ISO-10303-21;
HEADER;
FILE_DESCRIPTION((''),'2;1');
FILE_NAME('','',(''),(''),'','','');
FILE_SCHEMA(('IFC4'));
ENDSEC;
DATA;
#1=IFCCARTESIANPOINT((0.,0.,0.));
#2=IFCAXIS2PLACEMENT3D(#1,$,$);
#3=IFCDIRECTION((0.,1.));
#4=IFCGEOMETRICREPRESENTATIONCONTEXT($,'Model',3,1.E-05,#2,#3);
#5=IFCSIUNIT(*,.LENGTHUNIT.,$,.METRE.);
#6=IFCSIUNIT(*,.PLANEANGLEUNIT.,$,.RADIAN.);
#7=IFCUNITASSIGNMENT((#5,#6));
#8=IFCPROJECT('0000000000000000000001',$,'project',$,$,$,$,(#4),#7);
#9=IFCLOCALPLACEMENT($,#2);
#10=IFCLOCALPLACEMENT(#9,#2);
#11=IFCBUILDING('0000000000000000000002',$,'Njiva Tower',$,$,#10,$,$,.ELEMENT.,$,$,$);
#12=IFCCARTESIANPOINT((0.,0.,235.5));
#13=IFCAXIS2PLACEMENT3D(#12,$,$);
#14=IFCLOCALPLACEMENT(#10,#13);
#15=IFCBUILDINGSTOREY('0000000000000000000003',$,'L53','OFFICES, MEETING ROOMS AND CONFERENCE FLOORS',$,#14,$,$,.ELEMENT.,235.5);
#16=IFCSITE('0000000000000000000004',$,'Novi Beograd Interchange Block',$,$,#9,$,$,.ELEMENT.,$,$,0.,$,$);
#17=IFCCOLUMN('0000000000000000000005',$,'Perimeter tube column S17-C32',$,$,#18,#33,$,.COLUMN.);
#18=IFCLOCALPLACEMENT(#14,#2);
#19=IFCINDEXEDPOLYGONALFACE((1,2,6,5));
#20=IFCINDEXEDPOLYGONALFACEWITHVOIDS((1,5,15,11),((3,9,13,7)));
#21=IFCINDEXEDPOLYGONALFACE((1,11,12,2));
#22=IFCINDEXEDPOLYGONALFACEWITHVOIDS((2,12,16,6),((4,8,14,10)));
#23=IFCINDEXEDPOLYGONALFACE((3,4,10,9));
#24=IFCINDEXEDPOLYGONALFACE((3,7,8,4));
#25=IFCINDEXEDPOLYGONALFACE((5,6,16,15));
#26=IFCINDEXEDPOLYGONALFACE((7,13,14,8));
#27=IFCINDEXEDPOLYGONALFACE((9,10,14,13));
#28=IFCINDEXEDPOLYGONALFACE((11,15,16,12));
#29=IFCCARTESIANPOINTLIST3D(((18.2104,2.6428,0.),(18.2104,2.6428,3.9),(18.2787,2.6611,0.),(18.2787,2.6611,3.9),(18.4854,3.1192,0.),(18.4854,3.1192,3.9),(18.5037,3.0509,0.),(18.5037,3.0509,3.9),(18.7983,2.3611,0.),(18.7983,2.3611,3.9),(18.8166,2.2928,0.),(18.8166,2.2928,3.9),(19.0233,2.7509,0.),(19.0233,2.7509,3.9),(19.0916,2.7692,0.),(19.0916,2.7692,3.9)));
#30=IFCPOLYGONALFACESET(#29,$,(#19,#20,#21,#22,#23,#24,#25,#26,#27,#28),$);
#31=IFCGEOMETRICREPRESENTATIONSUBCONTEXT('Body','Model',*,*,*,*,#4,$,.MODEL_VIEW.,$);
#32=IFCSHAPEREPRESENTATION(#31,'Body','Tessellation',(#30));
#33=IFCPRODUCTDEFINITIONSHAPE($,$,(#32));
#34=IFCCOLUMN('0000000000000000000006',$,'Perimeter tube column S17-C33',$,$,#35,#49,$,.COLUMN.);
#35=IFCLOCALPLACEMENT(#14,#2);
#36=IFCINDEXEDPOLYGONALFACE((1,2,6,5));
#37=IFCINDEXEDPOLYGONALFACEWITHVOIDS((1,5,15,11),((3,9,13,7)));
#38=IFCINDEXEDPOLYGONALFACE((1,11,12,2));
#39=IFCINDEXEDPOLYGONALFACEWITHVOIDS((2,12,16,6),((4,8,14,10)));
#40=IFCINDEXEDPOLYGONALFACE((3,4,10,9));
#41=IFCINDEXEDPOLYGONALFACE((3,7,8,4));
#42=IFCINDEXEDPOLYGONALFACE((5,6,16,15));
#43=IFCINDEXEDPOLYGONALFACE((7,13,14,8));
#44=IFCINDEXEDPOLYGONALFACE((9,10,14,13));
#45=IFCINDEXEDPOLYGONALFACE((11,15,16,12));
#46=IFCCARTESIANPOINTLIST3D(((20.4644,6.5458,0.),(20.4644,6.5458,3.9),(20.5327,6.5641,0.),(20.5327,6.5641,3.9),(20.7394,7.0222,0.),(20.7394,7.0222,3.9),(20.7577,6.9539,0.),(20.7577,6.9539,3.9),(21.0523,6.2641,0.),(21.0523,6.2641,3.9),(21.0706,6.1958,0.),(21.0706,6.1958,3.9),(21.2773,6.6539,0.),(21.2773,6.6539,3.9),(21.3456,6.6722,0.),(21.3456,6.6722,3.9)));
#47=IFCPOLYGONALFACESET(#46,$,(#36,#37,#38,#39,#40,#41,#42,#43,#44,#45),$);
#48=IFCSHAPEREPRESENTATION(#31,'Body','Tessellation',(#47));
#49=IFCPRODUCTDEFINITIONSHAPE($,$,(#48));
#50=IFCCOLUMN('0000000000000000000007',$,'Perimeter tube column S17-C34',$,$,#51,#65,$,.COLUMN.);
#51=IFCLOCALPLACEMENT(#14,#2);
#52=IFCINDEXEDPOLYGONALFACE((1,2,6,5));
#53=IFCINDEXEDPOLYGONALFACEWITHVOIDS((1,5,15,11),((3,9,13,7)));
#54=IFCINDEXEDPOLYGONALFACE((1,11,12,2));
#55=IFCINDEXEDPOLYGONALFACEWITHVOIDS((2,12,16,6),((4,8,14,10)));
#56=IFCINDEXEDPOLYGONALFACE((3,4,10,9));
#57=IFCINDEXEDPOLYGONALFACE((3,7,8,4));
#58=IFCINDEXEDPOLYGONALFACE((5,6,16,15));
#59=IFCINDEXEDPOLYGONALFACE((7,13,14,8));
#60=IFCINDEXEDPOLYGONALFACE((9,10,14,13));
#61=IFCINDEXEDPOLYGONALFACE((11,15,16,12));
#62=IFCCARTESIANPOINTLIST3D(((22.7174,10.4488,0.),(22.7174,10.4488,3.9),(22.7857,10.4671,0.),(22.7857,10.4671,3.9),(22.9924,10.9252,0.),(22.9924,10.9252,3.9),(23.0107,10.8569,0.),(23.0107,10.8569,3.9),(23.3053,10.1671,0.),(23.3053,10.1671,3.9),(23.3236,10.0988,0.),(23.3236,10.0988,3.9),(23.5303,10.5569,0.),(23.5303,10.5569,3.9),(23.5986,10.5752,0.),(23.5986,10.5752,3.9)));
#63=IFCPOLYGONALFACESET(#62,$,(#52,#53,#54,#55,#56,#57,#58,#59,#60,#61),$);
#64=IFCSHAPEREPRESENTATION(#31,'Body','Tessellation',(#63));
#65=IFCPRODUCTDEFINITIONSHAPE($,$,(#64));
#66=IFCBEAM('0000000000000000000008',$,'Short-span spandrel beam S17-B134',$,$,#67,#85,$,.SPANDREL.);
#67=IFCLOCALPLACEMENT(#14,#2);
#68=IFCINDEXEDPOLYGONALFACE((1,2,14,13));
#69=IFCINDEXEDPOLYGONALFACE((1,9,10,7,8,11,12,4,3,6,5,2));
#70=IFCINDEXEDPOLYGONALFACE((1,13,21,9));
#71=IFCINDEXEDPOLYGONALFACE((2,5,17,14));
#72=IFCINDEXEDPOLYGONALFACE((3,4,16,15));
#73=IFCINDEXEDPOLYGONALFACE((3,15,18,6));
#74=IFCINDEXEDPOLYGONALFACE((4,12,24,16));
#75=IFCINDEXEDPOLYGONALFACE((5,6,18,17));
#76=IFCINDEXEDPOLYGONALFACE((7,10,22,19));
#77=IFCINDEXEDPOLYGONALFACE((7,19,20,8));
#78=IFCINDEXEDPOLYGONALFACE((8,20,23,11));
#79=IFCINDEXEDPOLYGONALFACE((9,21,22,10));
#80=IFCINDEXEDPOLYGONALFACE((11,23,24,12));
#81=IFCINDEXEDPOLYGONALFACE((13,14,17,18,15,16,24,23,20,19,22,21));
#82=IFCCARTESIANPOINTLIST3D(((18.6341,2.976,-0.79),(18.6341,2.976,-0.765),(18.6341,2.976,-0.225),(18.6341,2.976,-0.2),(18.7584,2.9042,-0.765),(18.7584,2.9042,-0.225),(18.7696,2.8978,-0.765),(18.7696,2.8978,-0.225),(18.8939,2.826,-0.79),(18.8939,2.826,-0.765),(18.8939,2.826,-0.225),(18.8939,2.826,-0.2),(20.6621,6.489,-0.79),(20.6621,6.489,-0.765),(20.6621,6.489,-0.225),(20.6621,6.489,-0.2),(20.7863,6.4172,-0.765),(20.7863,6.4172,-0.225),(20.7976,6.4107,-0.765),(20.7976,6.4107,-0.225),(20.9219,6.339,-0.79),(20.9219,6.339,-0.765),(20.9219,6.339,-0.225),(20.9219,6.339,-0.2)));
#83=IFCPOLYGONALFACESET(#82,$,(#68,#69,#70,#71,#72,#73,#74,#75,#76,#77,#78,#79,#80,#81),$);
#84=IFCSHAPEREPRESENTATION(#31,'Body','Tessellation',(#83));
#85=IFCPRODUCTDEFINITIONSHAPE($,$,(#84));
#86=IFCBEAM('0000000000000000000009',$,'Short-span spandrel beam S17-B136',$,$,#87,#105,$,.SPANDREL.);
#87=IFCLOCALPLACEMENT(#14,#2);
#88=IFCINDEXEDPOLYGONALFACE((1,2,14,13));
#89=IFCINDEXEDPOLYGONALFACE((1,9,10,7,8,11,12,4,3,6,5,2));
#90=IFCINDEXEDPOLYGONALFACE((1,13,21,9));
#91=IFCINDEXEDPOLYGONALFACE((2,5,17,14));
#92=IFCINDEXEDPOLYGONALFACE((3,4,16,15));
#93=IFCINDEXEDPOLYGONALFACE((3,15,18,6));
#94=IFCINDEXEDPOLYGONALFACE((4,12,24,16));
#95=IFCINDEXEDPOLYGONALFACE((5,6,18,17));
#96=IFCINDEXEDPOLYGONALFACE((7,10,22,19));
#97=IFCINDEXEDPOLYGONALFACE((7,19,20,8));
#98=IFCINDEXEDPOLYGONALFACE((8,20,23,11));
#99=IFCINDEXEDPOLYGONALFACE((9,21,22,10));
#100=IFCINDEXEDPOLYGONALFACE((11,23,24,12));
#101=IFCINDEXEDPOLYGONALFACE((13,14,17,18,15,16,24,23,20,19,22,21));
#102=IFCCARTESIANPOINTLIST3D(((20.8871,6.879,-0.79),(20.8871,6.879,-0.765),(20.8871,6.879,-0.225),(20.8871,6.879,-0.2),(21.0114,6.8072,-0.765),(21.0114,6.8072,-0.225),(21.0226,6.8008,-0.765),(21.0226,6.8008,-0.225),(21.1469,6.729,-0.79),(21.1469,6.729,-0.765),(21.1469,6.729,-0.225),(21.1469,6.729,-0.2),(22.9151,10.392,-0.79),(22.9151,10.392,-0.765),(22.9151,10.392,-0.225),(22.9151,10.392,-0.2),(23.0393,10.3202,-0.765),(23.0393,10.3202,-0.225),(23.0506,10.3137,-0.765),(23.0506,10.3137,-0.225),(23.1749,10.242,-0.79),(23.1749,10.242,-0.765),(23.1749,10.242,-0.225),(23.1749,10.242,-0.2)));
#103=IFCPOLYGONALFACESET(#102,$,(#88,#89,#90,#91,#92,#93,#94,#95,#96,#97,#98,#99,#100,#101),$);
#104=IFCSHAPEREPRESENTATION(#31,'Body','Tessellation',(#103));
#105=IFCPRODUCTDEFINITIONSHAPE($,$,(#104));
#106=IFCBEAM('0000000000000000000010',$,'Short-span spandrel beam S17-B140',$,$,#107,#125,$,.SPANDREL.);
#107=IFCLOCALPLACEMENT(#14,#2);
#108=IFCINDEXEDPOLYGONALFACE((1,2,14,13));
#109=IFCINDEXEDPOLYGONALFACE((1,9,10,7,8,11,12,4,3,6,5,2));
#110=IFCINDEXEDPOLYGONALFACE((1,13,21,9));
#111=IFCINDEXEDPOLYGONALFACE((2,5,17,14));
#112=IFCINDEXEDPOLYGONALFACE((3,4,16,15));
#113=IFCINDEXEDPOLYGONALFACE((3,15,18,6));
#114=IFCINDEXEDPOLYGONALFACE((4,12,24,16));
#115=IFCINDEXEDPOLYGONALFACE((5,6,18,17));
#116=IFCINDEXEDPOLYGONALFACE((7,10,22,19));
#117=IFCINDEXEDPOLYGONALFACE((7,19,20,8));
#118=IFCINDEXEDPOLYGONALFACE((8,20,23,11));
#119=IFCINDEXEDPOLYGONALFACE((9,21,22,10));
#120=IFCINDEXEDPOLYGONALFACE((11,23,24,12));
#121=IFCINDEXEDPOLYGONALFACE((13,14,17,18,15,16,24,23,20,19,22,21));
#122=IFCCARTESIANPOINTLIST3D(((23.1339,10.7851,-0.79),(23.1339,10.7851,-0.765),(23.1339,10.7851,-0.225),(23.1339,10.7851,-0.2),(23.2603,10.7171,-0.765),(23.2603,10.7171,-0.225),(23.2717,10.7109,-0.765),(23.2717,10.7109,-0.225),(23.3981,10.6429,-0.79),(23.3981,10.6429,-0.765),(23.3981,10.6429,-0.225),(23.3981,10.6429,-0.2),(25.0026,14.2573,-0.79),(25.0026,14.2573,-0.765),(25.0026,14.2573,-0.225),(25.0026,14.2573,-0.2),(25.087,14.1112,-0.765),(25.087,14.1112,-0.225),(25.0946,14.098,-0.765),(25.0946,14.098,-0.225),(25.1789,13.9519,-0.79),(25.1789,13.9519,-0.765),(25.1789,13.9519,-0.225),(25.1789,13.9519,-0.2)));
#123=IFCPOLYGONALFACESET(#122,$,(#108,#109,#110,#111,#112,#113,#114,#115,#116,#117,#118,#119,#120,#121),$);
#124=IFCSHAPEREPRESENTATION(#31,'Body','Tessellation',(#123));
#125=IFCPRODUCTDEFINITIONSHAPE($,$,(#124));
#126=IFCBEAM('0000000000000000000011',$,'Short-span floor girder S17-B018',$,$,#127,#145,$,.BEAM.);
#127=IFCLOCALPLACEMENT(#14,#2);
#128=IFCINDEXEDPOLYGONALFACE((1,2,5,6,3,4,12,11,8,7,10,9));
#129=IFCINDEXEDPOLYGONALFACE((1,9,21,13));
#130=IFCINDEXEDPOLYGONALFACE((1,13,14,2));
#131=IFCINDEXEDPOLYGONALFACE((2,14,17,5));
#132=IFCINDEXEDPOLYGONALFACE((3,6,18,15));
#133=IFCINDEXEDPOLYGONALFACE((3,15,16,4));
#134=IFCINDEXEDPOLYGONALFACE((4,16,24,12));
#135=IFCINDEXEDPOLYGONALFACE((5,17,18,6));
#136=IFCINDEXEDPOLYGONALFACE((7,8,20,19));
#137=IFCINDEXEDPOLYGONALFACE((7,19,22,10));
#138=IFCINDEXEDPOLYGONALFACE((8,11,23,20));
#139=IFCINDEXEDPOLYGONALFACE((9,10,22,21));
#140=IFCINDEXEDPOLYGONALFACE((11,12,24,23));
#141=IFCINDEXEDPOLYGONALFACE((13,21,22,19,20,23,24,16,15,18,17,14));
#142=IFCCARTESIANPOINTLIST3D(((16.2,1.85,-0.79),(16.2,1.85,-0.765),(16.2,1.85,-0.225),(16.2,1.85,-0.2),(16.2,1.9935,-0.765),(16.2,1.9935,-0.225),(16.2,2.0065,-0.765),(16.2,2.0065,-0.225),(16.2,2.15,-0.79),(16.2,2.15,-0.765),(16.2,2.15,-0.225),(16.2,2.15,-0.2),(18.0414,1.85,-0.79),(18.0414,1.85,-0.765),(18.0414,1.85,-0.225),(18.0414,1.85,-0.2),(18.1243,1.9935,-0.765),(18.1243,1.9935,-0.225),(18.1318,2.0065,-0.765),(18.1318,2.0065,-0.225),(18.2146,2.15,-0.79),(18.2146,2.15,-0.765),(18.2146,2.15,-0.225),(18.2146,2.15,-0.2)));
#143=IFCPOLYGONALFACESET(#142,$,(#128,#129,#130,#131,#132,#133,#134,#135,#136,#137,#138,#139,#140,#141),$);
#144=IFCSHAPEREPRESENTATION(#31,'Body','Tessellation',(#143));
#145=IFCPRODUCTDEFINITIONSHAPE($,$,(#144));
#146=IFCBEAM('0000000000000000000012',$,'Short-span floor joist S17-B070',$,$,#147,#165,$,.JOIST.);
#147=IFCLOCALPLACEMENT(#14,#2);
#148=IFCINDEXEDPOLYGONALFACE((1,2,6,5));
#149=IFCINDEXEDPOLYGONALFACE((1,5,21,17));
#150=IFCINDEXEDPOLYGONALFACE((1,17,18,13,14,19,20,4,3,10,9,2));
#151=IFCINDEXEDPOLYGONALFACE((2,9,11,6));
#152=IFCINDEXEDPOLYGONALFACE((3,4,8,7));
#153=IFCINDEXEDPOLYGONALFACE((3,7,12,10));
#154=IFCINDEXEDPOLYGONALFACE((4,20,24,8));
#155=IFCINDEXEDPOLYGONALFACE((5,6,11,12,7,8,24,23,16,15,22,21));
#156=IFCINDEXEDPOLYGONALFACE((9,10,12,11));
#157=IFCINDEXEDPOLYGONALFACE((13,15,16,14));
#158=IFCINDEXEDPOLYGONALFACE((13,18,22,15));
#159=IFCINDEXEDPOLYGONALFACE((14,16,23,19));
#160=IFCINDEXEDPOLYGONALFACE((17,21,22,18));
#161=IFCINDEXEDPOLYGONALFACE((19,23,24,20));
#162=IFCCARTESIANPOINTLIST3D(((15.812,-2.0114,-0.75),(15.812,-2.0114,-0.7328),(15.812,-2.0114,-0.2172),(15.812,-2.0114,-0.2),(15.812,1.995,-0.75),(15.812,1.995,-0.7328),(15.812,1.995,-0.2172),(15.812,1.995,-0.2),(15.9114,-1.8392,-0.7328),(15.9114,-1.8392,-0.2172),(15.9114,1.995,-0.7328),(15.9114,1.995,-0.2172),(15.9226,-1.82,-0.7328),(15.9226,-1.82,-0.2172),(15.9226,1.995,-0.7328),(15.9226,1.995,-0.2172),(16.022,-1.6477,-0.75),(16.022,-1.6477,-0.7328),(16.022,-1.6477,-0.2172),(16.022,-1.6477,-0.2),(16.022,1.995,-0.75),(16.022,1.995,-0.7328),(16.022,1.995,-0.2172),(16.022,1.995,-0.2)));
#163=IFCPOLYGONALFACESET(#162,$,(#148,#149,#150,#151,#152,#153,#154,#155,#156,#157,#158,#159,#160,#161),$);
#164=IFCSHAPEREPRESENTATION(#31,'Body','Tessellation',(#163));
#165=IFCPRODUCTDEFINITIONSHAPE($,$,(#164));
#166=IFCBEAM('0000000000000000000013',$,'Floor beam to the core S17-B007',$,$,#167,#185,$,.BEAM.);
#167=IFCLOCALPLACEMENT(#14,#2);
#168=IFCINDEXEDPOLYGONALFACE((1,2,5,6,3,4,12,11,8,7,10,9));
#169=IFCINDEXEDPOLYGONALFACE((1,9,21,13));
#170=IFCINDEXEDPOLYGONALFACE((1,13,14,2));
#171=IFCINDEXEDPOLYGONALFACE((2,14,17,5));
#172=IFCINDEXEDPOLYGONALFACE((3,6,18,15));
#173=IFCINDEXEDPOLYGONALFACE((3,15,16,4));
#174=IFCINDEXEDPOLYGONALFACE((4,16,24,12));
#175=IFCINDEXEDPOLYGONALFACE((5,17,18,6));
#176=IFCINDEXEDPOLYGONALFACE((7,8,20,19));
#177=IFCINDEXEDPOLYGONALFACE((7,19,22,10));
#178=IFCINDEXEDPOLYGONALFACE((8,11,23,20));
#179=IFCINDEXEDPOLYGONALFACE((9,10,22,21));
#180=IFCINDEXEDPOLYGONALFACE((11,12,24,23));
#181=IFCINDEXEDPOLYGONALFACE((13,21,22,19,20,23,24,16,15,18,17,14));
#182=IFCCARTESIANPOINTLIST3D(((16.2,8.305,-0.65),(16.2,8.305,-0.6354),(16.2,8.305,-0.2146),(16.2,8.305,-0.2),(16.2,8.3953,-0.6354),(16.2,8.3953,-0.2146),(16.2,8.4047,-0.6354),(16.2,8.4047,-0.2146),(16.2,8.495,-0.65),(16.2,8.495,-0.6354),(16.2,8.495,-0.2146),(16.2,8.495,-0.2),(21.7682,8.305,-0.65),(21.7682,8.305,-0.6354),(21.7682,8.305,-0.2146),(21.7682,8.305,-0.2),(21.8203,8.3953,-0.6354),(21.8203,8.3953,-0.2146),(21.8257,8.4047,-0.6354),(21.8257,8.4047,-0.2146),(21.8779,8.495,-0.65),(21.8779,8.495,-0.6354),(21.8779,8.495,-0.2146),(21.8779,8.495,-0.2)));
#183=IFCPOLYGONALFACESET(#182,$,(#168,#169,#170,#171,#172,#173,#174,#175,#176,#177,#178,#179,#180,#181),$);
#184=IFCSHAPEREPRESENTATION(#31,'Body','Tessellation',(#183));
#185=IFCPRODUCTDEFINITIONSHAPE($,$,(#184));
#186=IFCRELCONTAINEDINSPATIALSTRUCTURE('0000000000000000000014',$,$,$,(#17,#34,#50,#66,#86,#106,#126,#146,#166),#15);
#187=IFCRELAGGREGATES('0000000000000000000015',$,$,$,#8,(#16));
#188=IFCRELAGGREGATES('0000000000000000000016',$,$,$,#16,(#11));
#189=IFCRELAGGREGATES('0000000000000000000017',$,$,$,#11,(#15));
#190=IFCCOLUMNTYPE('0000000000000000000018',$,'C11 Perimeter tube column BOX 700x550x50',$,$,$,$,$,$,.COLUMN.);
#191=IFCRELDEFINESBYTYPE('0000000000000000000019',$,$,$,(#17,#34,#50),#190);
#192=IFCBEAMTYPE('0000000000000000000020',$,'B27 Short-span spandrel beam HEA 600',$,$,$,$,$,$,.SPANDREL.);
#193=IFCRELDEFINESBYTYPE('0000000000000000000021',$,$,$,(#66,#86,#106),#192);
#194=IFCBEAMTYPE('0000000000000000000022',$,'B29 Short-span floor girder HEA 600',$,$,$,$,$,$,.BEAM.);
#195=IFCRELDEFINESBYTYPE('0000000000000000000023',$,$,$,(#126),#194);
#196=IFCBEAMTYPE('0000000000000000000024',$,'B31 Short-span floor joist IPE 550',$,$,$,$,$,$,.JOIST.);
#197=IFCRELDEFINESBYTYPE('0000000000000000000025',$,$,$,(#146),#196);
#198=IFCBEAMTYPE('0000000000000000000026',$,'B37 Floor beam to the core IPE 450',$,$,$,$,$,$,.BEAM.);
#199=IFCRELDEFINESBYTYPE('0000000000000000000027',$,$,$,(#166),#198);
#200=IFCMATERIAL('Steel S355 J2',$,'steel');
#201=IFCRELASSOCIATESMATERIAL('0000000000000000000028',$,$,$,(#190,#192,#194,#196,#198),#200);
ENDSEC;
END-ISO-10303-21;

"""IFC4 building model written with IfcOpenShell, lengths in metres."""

from ifc_helpers import new_model, si_unit, direction, frame, origin, origin_2d, place, context, subcontext, project, spatial, hollow_rectangle, i_section, extrude, clip, halfspace, material, material_profile, profile_set, type_object, element, save


model = new_model("IFC4")

# Units and contexts
model_context = context("Model", 3, precision=1e-05, world=origin(), true_north=direction((0.0, 1.0)))
body_context = subcontext(model_context, "Body", "Model", "MODEL_VIEW")
ifc_project = project(units=[si_unit("LENGTHUNIT", "METRE"), si_unit("PLANEANGLEUNIT", "RADIAN")], contexts=[model_context])

# Site, building, storey
site_placement = place(None, origin())
site = spatial("IfcSite", under=ifc_project, at=site_placement, Name="Novi Beograd Interchange Block", CompositionType="ELEMENT", RefElevation=0.0)
building_placement = place(site_placement, origin())
building = spatial("IfcBuilding", under=site, at=building_placement, Name="Njiva Tower", CompositionType="ELEMENT")
storey_placement = place(building_placement, frame((0.0, 0.0, 235.5)))
storey = spatial("IfcBuildingStorey", under=building, at=storey_placement, Name="L53", Description="OFFICES, MEETING ROOMS AND CONFERENCE FLOORS", CompositionType="ELEMENT", Elevation=235.5)

# Columns
ifc_material_1 = material(Name="Steel S355 J2", Category="steel")
ifc_material_profile_1 = material_profile(ifc_material_1, hollow_rectangle(XDim=0.55, YDim=0.7, WallThickness=0.05, at=origin_2d()), Name="BOX 700x550x50")
ifc_profile_set_1 = profile_set([ifc_material_profile_1], Name="Steel S355 J2")
column_type = type_object("IfcColumnType", Name="C11 Perimeter tube column BOX 700x550x50", PredefinedType="COLUMN", material=ifc_profile_set_1)
for number, where, z_axis, x_axis, name in (
    (1, (18.651, 2.706, 0.0), (0.0, 0.0, 1.0), (0.5, 0.866025, 0.0), "Perimeter tube column S17-C32"),
    (2, (20.905, 6.609, 0.0), (0.0, 0.0, 1.0), (0.5, 0.866025, 0.0), "Perimeter tube column S17-C33"),
    (3, (23.158, 10.512, 0.0), (0.0, 0.0, 1.0), (0.5, 0.866025, 0.0), "Perimeter tube column S17-C34"),
):
    element("IfcColumn", number, at=place(storey_placement, frame(where, z_axis=z_axis, x_axis=x_axis)), inside=storey, type_object=column_type, Name=name, PredefinedType="COLUMN", context=body_context, shape_type="SweptSolid", body=[
        extrude(hollow_rectangle(XDim=0.55, YDim=0.7, WallThickness=0.05, at=origin_2d()), origin(), (0.0, 0.0, 1.0), 3.9),
    ])

# Beams
ifc_material_profile_2 = material_profile(ifc_material_1, i_section(OverallWidth=0.3, OverallDepth=0.59, WebThickness=0.013, FlangeThickness=0.025, at=origin_2d()), Name="HEA 600")
ifc_profile_set_2 = profile_set([ifc_material_profile_2], Name="Steel S355 J2")
beam_type_1 = type_object("IfcBeamType", Name="B27 Short-span spandrel beam HEA 600", PredefinedType="SPANDREL", material=ifc_profile_set_2)
for number, where, z_axis, x_axis, name in (
    (4, (18.764, 2.901, -0.495), (0.499957, 0.86605, 0.0), (-0.86605, 0.499957, 0.0), "Short-span spandrel beam S17-B134"),
    (5, (21.017, 6.804, -0.495), (0.499957, 0.86605, 0.0), (-0.86605, 0.499957, 0.0), "Short-span spandrel beam S17-B136"),
):
    element("IfcBeam", number, at=place(storey_placement, frame(where, z_axis=z_axis, x_axis=x_axis)), inside=storey, type_object=beam_type_1, Name=name, PredefinedType="SPANDREL", context=body_context, shape_type="SweptSolid", body=[
        extrude(i_section(OverallWidth=0.3, OverallDepth=0.59, WebThickness=0.013, FlangeThickness=0.025, at=origin_2d()), origin(), (0.0, 0.0, 1.0), 4.0563),
    ])
beam_1_placement = place(storey_placement, frame((23.266, 10.714, -0.495), z_axis=(0.473914, 0.880571, 0.0), x_axis=(-0.880571, 0.473914, 0.0)))
element("IfcBeam", 6, at=beam_1_placement, inside=storey, type_object=beam_type_1, Name="Short-span spandrel beam S17-B140", PredefinedType="SPANDREL", context=body_context, shape_type="Clipping", body=[
    clip(extrude(i_section(OverallWidth=0.3, OverallDepth=0.59, WebThickness=0.013, FlangeThickness=0.025, at=origin_2d()), origin(), (0.0, 0.0, 1.0), 3.9639), halfspace(frame((-0.0261, 0.0, 3.8343), z_axis=(-0.525642, 0.0, 0.850706), x_axis=(0.0, 1.0, 0.0)), False)),
])
ifc_material_profile_3 = material_profile(ifc_material_1, i_section(OverallWidth=0.3, OverallDepth=0.59, WebThickness=0.013, FlangeThickness=0.025, at=origin_2d()), Name="HEA 600")
ifc_profile_set_3 = profile_set([ifc_material_profile_3], Name="Steel S355 J2")
beam_type_2 = type_object("IfcBeamType", Name="B29 Short-span floor girder HEA 600", PredefinedType="BEAM", material=ifc_profile_set_3)
beam_2_placement = place(storey_placement, frame((16.2, 2.0, -0.495), z_axis=(1.0, 0.0, 0.0), x_axis=(0.0, 1.0, 0.0)))
element("IfcBeam", 7, at=beam_2_placement, inside=storey, type_object=beam_type_2, Name="Short-span floor girder S17-B018", PredefinedType="BEAM", context=body_context, shape_type="Clipping", body=[
    clip(extrude(i_section(OverallWidth=0.3, OverallDepth=0.59, WebThickness=0.013, FlangeThickness=0.025, at=origin_2d()), origin(), (0.0, 0.0, 1.0), 2.035), halfspace(frame((-0.025, 0.0, 1.9136), z_axis=(-0.499998, 0.0, 0.866027), x_axis=(0.0, 1.0, 0.0)), False)),
])
ifc_material_profile_4 = material_profile(ifc_material_1, i_section(OverallWidth=0.21, OverallDepth=0.55, WebThickness=0.0111, FlangeThickness=0.0172, at=origin_2d()), Name="IPE 550")
ifc_profile_set_4 = profile_set([ifc_material_profile_4], Name="Steel S355 J2")
beam_type_3 = type_object("IfcBeamType", Name="B31 Short-span floor joist IPE 550", PredefinedType="JOIST", material=ifc_profile_set_4)
beam_3_placement = place(storey_placement, frame((15.917, 1.995, -0.475), z_axis=(0.0, -1.0, 0.0), x_axis=(1.0, 0.0, 0.0)))
element("IfcBeam", 8, at=beam_3_placement, inside=storey, type_object=beam_type_3, Name="Short-span floor joist S17-B070", PredefinedType="JOIST", context=body_context, shape_type="Clipping", body=[
    clip(extrude(i_section(OverallWidth=0.21, OverallDepth=0.55, WebThickness=0.0111, FlangeThickness=0.0172, at=origin_2d()), origin(), (0.0, 0.0, 1.0), 4.027), halfspace(frame((0.043, 0.0, 3.7501), z_axis=(0.866027, 0.0, 0.499998), x_axis=(0.0, 1.0, 0.0)), False)),
])
ifc_material_profile_5 = material_profile(ifc_material_1, i_section(OverallWidth=0.19, OverallDepth=0.45, WebThickness=0.0094, FlangeThickness=0.0146, at=origin_2d()), Name="IPE 450")
ifc_profile_set_5 = profile_set([ifc_material_profile_5], Name="Steel S355 J2")
beam_type_4 = type_object("IfcBeamType", Name="B37 Floor beam to the core IPE 450", PredefinedType="BEAM", material=ifc_profile_set_5)
beam_4_placement = place(storey_placement, frame((16.2, 8.4, -0.425), z_axis=(1.0, 0.0, 0.0), x_axis=(0.0, 1.0, 0.0)))
element("IfcBeam", 9, at=beam_4_placement, inside=storey, type_object=beam_type_4, Name="Floor beam to the core S17-B007", PredefinedType="BEAM", context=body_context, shape_type="Clipping", body=[
    clip(extrude(i_section(OverallWidth=0.19, OverallDepth=0.45, WebThickness=0.0094, FlangeThickness=0.0146, at=origin_2d()), origin(), (0.0, 0.0, 1.0), 5.698), halfspace(frame((-0.025, 0.0, 5.6086), z_axis=(-0.499998, 0.0, 0.866027), x_axis=(0.0, 1.0, 0.0)), False)),
])

save(model, "model.ifc")
